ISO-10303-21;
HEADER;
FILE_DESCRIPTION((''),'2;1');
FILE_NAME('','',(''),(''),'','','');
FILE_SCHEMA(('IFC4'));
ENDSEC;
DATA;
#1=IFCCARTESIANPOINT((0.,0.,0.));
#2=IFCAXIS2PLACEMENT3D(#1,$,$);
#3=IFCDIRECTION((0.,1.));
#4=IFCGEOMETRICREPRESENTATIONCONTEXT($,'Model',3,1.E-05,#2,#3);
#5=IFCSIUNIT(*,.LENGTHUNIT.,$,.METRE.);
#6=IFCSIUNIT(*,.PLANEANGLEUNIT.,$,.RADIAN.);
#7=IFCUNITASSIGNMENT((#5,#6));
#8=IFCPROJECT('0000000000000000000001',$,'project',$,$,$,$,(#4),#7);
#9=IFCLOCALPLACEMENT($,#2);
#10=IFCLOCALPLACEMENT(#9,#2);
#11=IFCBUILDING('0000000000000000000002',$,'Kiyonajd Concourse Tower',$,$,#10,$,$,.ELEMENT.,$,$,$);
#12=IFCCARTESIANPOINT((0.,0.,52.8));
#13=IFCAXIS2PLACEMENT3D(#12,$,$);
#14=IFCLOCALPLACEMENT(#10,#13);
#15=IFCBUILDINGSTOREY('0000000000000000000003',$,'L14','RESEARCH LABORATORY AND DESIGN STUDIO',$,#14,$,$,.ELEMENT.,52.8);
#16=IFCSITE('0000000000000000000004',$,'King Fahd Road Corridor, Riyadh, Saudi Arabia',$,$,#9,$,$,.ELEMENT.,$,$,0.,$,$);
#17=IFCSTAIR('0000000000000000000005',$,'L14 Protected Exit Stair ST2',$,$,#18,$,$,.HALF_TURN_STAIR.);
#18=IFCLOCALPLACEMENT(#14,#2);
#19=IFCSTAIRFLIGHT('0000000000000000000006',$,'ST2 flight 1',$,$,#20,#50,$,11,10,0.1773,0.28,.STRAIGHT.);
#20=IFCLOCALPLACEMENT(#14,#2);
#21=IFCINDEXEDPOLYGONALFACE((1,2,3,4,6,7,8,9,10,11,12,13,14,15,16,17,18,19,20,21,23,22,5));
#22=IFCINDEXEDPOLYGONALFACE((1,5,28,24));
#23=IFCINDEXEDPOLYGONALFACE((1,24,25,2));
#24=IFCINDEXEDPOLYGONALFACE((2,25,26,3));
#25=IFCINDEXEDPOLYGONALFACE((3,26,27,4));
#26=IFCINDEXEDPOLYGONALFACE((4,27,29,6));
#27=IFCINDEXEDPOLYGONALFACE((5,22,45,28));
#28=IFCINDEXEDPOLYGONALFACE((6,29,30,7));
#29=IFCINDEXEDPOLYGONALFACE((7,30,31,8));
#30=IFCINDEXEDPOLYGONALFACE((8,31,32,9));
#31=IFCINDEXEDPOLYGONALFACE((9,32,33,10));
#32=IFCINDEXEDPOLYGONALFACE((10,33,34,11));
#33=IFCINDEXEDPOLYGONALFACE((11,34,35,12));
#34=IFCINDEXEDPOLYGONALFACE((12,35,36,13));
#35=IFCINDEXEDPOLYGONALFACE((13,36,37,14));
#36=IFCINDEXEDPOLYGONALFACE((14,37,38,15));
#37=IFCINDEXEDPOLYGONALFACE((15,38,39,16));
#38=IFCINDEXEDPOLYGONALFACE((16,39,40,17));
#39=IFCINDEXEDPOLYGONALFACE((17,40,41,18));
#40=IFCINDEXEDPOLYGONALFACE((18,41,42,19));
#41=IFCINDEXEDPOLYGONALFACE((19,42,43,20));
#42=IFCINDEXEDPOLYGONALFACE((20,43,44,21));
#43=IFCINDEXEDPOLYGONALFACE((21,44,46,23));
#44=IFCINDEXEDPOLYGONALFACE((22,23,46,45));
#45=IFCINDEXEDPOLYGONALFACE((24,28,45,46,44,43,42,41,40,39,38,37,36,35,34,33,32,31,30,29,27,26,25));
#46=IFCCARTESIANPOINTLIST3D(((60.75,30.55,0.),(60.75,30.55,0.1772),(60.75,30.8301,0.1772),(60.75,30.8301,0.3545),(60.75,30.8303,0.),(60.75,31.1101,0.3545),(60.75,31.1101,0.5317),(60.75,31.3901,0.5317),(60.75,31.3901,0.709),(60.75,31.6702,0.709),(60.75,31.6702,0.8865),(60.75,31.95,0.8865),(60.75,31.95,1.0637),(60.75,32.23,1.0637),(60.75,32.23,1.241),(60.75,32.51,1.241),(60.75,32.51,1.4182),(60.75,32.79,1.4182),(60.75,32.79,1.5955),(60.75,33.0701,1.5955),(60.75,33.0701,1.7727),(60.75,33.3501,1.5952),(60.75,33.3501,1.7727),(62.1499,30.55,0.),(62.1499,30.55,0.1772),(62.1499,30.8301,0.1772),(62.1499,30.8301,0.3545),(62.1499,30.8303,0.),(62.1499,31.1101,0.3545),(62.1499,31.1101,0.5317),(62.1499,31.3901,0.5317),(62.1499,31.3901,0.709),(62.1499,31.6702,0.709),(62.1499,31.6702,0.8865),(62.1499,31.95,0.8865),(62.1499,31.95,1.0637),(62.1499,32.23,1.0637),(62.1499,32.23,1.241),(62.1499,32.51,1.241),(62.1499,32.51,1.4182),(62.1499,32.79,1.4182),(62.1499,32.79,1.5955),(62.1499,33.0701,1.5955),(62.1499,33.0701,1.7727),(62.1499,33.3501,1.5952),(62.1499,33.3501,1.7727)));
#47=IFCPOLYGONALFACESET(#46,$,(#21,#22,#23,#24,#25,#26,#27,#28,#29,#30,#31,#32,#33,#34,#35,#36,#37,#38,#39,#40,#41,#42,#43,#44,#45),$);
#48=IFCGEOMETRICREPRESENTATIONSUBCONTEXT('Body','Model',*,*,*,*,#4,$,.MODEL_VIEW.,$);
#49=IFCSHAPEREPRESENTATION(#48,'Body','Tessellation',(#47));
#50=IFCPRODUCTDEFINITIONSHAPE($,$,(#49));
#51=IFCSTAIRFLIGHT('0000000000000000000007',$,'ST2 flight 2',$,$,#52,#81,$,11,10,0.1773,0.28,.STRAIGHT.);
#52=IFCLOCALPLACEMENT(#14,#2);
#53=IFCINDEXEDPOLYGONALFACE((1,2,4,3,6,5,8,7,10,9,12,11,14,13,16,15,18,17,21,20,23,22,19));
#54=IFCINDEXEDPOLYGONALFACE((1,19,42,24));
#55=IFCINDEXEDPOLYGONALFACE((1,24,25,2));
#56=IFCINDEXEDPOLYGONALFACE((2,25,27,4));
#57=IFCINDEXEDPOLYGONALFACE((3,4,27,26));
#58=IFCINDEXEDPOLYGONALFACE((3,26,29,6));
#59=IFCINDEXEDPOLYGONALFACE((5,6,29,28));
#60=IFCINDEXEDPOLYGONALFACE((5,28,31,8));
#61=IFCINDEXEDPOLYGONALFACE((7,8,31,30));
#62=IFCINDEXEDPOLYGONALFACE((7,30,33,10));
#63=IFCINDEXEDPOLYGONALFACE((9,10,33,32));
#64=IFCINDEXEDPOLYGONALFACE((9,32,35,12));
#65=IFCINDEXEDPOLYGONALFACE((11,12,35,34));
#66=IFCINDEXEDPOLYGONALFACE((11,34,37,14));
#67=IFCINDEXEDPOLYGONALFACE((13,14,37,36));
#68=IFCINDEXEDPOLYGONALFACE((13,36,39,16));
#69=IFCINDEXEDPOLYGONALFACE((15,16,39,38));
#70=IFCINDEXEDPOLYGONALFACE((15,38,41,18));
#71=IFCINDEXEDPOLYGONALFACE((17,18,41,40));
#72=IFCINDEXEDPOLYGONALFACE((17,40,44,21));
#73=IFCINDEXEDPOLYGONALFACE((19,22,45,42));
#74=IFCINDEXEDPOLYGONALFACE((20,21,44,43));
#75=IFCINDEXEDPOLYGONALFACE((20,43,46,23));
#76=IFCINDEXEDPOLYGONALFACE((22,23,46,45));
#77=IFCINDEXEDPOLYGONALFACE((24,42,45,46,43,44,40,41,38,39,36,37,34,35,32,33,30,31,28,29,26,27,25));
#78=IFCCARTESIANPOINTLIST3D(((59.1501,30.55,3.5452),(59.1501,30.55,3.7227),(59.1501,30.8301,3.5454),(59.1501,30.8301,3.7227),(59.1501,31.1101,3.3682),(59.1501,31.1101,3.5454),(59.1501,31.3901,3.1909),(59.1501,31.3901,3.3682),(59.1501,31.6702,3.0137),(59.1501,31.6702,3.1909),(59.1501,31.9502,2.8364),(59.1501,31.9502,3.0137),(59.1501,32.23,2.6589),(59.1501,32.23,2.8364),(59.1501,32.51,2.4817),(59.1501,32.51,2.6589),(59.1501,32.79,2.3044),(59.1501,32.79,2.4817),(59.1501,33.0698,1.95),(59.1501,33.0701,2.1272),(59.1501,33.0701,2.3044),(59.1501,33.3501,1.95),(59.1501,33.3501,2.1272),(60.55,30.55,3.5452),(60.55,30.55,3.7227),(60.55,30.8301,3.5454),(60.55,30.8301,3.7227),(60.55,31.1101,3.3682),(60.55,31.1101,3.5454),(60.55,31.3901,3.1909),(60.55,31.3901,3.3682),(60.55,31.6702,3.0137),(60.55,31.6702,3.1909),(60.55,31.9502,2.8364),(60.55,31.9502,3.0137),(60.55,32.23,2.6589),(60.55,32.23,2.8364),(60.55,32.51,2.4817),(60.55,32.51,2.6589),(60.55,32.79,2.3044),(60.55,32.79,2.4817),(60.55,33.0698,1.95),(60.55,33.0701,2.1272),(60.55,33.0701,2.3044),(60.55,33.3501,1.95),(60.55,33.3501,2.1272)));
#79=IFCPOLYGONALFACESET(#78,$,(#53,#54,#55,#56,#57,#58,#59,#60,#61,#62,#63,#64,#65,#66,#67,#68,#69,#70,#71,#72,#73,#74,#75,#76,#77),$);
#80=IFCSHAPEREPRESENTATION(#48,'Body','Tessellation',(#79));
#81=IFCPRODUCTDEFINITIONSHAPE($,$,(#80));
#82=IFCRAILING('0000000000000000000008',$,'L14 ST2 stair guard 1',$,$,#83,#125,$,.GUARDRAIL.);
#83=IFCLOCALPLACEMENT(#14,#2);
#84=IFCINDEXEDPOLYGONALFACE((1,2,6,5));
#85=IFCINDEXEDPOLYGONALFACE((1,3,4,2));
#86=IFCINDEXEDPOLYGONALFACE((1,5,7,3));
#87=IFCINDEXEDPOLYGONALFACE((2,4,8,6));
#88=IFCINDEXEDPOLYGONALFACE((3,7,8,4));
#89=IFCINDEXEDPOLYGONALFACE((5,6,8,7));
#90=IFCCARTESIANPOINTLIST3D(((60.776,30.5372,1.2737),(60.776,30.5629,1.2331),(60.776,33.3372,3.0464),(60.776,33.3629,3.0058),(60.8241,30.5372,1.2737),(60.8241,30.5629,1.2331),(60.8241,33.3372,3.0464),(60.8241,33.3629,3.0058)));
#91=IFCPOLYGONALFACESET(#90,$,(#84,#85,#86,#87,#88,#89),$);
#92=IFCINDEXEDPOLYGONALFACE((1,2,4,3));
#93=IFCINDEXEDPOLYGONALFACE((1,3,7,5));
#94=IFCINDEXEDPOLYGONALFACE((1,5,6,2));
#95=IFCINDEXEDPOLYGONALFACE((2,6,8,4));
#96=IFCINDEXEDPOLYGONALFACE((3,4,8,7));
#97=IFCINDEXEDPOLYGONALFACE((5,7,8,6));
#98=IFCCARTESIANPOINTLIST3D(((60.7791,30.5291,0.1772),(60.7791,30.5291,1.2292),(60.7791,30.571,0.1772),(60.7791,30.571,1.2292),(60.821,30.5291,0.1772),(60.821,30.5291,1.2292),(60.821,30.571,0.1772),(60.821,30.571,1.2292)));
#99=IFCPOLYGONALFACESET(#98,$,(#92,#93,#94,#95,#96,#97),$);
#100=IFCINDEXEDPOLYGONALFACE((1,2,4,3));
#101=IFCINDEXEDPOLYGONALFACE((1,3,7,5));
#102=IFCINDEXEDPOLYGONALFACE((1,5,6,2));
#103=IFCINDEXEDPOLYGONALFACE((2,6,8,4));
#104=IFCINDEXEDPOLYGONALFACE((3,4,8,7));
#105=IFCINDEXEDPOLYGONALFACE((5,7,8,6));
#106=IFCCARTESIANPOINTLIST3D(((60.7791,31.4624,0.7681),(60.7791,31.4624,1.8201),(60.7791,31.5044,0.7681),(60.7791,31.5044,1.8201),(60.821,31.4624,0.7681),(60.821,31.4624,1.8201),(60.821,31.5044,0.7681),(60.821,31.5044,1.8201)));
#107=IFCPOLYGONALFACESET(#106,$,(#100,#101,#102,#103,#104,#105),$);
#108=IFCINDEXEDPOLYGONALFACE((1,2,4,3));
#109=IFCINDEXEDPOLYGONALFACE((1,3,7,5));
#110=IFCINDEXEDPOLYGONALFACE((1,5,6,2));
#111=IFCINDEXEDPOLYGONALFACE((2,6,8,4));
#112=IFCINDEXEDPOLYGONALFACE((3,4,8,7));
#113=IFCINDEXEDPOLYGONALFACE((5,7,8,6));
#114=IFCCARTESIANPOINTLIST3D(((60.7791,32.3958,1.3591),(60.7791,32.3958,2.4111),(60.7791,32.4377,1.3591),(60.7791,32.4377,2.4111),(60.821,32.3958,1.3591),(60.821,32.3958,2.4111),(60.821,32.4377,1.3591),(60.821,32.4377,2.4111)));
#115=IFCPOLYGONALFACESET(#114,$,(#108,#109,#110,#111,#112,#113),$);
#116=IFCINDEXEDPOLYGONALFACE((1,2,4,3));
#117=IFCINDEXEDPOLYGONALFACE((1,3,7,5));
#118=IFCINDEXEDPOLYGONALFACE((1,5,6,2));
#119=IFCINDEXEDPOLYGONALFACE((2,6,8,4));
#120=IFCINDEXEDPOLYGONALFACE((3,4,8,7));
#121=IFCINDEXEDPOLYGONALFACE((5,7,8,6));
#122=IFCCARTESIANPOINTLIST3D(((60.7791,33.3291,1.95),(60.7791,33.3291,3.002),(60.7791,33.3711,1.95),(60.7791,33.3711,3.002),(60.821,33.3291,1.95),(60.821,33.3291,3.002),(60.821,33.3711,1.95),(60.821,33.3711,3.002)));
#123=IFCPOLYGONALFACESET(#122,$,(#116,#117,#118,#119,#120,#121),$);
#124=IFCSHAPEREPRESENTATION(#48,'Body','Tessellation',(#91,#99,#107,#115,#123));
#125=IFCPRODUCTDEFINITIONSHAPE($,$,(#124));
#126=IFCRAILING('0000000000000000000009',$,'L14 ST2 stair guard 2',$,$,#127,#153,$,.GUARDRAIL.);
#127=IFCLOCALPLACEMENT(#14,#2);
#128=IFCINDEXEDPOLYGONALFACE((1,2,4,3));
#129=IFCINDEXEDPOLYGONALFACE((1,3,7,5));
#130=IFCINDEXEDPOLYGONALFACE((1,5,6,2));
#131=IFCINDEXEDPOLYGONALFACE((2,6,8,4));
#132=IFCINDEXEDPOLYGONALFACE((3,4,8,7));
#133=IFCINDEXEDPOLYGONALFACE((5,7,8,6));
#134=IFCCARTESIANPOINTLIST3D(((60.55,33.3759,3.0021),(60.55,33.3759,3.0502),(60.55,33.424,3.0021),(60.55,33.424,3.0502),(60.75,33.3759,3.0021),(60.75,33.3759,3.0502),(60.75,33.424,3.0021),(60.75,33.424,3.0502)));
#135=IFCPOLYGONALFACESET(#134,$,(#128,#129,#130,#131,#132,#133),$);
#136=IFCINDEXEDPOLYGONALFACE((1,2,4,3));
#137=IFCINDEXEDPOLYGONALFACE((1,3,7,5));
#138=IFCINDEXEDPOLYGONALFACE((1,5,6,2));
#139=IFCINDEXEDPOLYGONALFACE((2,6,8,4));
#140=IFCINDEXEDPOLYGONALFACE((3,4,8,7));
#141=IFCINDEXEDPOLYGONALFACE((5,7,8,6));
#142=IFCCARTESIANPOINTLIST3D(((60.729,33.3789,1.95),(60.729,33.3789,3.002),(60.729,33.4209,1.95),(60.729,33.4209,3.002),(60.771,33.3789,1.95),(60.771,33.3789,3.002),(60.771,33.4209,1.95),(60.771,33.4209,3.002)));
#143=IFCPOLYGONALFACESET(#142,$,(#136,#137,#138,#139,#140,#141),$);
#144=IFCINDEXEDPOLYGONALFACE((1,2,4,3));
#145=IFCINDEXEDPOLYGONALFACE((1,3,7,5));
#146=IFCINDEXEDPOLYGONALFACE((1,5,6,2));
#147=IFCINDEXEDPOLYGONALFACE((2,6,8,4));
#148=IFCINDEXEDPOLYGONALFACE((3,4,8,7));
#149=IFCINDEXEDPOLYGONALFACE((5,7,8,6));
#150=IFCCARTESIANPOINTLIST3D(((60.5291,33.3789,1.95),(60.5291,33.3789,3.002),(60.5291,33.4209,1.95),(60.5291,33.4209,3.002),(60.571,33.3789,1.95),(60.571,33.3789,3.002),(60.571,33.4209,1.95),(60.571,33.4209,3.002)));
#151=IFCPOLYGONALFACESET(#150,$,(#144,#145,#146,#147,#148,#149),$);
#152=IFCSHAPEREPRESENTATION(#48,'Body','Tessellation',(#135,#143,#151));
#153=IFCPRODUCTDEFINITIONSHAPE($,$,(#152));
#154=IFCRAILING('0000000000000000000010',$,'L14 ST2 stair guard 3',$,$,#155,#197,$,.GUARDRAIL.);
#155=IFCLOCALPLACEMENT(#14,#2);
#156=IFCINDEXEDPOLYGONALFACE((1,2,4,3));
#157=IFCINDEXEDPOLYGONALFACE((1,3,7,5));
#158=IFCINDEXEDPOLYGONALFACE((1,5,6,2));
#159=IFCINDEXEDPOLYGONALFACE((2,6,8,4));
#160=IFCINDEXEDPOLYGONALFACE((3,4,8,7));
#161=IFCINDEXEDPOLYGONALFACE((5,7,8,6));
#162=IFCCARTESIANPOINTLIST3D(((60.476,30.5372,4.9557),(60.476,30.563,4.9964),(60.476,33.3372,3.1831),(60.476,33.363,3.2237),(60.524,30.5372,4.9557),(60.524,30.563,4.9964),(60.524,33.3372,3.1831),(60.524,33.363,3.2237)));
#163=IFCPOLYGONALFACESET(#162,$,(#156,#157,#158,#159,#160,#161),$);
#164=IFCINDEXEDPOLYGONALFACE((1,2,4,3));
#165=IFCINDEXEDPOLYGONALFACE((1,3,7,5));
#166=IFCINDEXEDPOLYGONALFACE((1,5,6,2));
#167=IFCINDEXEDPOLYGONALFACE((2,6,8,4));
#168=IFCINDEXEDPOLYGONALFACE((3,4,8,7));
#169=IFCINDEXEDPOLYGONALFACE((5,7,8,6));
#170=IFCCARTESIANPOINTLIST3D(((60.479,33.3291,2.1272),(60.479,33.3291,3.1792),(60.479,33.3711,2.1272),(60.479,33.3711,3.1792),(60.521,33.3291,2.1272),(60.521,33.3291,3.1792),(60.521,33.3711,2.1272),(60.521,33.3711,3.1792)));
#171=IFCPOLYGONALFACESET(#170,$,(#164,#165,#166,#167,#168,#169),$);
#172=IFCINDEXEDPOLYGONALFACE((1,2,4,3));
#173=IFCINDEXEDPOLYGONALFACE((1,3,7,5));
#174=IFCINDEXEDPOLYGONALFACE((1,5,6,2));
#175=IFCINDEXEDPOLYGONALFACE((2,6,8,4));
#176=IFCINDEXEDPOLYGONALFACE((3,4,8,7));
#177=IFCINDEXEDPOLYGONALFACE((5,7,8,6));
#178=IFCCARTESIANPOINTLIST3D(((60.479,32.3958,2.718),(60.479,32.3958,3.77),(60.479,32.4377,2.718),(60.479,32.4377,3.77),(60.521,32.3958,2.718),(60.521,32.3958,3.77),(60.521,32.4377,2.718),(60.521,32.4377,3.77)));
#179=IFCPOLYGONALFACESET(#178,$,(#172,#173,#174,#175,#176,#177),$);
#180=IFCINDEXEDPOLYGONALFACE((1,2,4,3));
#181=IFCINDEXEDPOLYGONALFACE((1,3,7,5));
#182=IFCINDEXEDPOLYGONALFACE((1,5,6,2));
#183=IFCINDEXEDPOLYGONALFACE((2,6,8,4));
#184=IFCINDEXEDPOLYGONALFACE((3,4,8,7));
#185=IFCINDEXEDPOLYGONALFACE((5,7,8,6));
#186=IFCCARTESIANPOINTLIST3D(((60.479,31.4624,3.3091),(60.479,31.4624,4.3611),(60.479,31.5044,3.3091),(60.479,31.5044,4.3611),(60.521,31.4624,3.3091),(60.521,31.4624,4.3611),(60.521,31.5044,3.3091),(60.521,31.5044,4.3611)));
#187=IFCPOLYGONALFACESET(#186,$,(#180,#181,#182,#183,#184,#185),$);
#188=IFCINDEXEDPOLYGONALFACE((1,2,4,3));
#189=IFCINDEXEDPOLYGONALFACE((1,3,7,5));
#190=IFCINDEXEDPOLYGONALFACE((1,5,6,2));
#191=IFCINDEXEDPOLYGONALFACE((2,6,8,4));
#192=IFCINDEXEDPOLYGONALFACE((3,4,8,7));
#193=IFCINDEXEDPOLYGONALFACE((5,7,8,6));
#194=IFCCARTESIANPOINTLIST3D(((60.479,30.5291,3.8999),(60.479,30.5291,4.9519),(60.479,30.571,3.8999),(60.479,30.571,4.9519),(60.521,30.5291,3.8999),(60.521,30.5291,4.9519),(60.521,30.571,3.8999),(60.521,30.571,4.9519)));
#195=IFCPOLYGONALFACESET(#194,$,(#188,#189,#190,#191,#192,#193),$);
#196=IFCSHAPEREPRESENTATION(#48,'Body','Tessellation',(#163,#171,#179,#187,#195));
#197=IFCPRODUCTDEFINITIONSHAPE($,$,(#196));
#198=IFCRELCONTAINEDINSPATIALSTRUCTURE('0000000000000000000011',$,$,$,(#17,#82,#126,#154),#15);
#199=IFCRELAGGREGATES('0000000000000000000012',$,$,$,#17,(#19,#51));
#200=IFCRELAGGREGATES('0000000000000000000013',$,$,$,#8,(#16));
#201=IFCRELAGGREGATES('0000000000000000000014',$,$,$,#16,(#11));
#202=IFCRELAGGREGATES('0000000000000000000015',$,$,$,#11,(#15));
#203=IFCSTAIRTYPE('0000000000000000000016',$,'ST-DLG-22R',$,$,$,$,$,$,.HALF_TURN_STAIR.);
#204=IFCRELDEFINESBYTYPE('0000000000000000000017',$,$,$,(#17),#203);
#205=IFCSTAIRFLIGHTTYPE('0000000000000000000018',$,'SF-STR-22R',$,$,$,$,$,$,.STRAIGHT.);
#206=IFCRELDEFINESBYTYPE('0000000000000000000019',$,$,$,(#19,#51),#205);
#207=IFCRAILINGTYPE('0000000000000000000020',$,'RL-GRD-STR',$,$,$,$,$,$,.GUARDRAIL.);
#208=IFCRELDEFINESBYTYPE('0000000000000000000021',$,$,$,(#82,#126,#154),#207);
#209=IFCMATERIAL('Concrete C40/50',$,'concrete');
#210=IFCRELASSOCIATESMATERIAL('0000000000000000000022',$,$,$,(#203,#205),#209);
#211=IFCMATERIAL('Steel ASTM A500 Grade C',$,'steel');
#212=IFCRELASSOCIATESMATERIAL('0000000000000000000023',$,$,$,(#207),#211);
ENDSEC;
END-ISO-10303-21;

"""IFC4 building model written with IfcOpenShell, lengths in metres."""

from ifc_helpers import new_model, si_unit, direction, frame, origin, origin_2d, place, context, subcontext, project, spatial, polyline, rectangle, outline, extrude, material, type_object, element, aggregate, save


model = new_model("IFC4")

# Units and contexts
model_context = context("Model", 3, precision=1e-05, world=origin(), true_north=direction((0.0, 1.0)))
body_context = subcontext(model_context, "Body", "Model", "MODEL_VIEW")
ifc_project = project(units=[si_unit("LENGTHUNIT", "METRE"), si_unit("PLANEANGLEUNIT", "RADIAN")], contexts=[model_context])

# Site, building, storey
site_placement = place(None, origin())
site = spatial("IfcSite", under=ifc_project, at=site_placement, Name="King Fahd Road Corridor, Riyadh, Saudi Arabia", CompositionType="ELEMENT", RefElevation=0.0)
building_placement = place(site_placement, origin())
building = spatial("IfcBuilding", under=site, at=building_placement, Name="Kiyonajd Concourse Tower", CompositionType="ELEMENT")
storey_placement = place(building_placement, frame((0.0, 0.0, 52.8)))
storey = spatial("IfcBuildingStorey", under=building, at=storey_placement, Name="L14", Description="RESEARCH LABORATORY AND DESIGN STUDIO", CompositionType="ELEMENT", Elevation=52.8)

# Stair, stair flights
ifc_material_1 = material(Name="Concrete C40/50", Category="concrete")
stair_type = type_object("IfcStairType", Name="ST-DLG-22R", PredefinedType="HALF_TURN_STAIR", material=ifc_material_1)
stair_placement = place(storey_placement, origin())
stair = element("IfcStair", 1, at=stair_placement, inside=storey, type_object=stair_type, Name="L14 Protected Exit Stair ST2", PredefinedType="HALF_TURN_STAIR")
stair_flight_type = type_object("IfcStairFlightType", Name="SF-STR-22R", PredefinedType="STRAIGHT", material=ifc_material_1)
stair_flight_1_placement = place(storey_placement, frame((61.45, 30.55, 0.0), z_axis=(0.0, 0.0, 1.0), x_axis=(0.0, 1.0, 0.0)))
stair_flight_1 = element("IfcStairFlight", 2, at=stair_flight_1_placement, type_object=stair_flight_type, Name="ST2 flight 1", NumberOfRisers=11, NumberOfTreads=10, PredefinedType="STRAIGHT", RiserHeight=0.1773, TreadLength=0.28, context=body_context, shape_type="SweptSolid", body=[
    extrude(outline(polyline([(0.0, 0.0), (0.0, 0.1772), (0.28, 0.1772), (0.28, 0.3545), (0.5601, 0.3545), (0.5601, 0.5317), (0.8401, 0.5317), (0.8401, 0.709), (1.1201, 0.709), (1.1201, 0.8865), (1.3999, 0.8865), (1.3999, 1.0637), (1.6799, 1.0637), (1.6799, 1.241), (1.96, 1.241), (1.96, 1.4182), (2.24, 1.4182), (2.24, 1.5955), (2.52, 1.5955), (2.52, 1.7727), (2.8, 1.7727), (2.8, 1.95), (2.8, 1.5952), (0.2803, 0.0), (0.0, 0.0)])), frame((0.0, 0.7, 0.0), z_axis=(0.0, -1.0, 0.0), x_axis=(1.0, 0.0, 0.0)), (0.0, 0.0, 1.0), 1.3999),
])
stair_flight_2_placement = place(storey_placement, frame((59.8501, 33.3501, 1.95), z_axis=(0.0, 0.0, 1.0), x_axis=(0.0, -1.0, 0.0)))
stair_flight_2 = element("IfcStairFlight", 3, at=stair_flight_2_placement, type_object=stair_flight_type, Name="ST2 flight 2", NumberOfRisers=11, NumberOfTreads=10, PredefinedType="STRAIGHT", RiserHeight=0.1773, TreadLength=0.28, context=body_context, shape_type="SweptSolid", body=[
    extrude(outline(polyline([(0.0, 0.0), (0.0, 0.1772), (0.28, 0.1772), (0.28, 0.3545), (0.5601, 0.3545), (0.5601, 0.5317), (0.8401, 0.5317), (0.8401, 0.709), (1.1201, 0.709), (1.1201, 0.8865), (1.3999, 0.8865), (1.3999, 1.0637), (1.6799, 1.0637), (1.6799, 1.241), (1.96, 1.241), (1.96, 1.4182), (2.24, 1.4182), (2.24, 1.5955), (2.52, 1.5955), (2.52, 1.7727), (2.8, 1.7727), (2.8, 1.95), (2.8, 1.5952), (0.2803, 0.0), (0.0, 0.0)])), frame((0.0, 0.7, 0.0), z_axis=(0.0, -1.0, 0.0), x_axis=(1.0, 0.0, 0.0)), (0.0, 0.0, 1.0), 1.3999),
])
aggregate(stair, [stair_flight_1, stair_flight_2])

# Railings
ifc_material_2 = material(Name="Steel ASTM A500 Grade C", Category="steel")
railing_type_1 = type_object("IfcRailingType", Name="RL-GRD-STR", PredefinedType="GUARDRAIL", material=ifc_material_2)
railing_1_placement = place(storey_placement, frame((60.8, 30.55, 0.1772)))
element("IfcRailing", 4, at=railing_1_placement, inside=storey, type_object=railing_type_1, Name="L14 ST2 stair guard 1", PredefinedType="GUARDRAIL", context=body_context, shape_type="SweptSolid", body=[
    extrude(rectangle(XDim=0.0481, YDim=0.0481, at=origin_2d()), frame((0.0, 0.0, 1.0762), z_axis=(0.0, 0.844909, 0.53491), x_axis=(-1.0, 0.0, 0.0)), (0.0, 0.0, 1.0), 3.314),
    extrude(rectangle(XDim=0.042, YDim=0.042, at=origin_2d()), origin(), (0.0, 0.0, 1.0), 1.052),
    extrude(rectangle(XDim=0.042, YDim=0.042, at=origin_2d()), frame((0.0, 0.9333, 0.5908)), (0.0, 0.0, 1.0), 1.052),
    extrude(rectangle(XDim=0.042, YDim=0.042, at=origin_2d()), frame((0.0, 1.8667, 1.1819)), (0.0, 0.0, 1.0), 1.052),
    extrude(rectangle(XDim=0.042, YDim=0.042, at=origin_2d()), frame((0.0, 2.8, 1.7727)), (0.0, 0.0, 1.0), 1.052),
])
railing_2_placement = place(storey_placement, frame((60.75, 33.3999, 1.95)))
element("IfcRailing", 5, at=railing_2_placement, inside=storey, type_object=railing_type_1, Name="L14 ST2 stair guard 2", PredefinedType="GUARDRAIL", context=body_context, shape_type="SweptSolid", body=[
    extrude(rectangle(XDim=0.0481, YDim=0.0481, at=origin_2d()), frame((0.0, 0.0, 1.0762), z_axis=(-1.0, 0.0, 0.0), x_axis=(0.0, -1.0, 0.0)), (0.0, 0.0, 1.0), 0.2),
    extrude(rectangle(XDim=0.042, YDim=0.042, at=origin_2d()), origin(), (0.0, 0.0, 1.0), 1.052),
    extrude(rectangle(XDim=0.042, YDim=0.042, at=origin_2d()), frame((-0.2, 0.0, 0.0)), (0.0, 0.0, 1.0), 1.052),
])
railing_3_placement = place(storey_placement, frame((60.5, 33.3501, 2.1272)))
element("IfcRailing", 6, at=railing_3_placement, inside=storey, type_object=railing_type_1, Name="L14 ST2 stair guard 3", PredefinedType="GUARDRAIL", context=body_context, shape_type="SweptSolid", body=[
    extrude(rectangle(XDim=0.0481, YDim=0.0481, at=origin_2d()), frame((0.0, 0.0, 1.0762), z_axis=(0.0, -0.844909, 0.53491), x_axis=(1.0, 0.0, 0.0)), (0.0, 0.0, 1.0), 3.314),
    extrude(rectangle(XDim=0.042, YDim=0.042, at=origin_2d()), origin(), (0.0, 0.0, 1.0), 1.052),
    extrude(rectangle(XDim=0.042, YDim=0.042, at=origin_2d()), frame((0.0, -0.9333, 0.5908)), (0.0, 0.0, 1.0), 1.052),
    extrude(rectangle(XDim=0.042, YDim=0.042, at=origin_2d()), frame((0.0, -1.8667, 1.1819)), (0.0, 0.0, 1.0), 1.052),
    extrude(rectangle(XDim=0.042, YDim=0.042, at=origin_2d()), frame((0.0, -2.8, 1.7727)), (0.0, 0.0, 1.0), 1.052),
])

save(model, "model.ifc")
